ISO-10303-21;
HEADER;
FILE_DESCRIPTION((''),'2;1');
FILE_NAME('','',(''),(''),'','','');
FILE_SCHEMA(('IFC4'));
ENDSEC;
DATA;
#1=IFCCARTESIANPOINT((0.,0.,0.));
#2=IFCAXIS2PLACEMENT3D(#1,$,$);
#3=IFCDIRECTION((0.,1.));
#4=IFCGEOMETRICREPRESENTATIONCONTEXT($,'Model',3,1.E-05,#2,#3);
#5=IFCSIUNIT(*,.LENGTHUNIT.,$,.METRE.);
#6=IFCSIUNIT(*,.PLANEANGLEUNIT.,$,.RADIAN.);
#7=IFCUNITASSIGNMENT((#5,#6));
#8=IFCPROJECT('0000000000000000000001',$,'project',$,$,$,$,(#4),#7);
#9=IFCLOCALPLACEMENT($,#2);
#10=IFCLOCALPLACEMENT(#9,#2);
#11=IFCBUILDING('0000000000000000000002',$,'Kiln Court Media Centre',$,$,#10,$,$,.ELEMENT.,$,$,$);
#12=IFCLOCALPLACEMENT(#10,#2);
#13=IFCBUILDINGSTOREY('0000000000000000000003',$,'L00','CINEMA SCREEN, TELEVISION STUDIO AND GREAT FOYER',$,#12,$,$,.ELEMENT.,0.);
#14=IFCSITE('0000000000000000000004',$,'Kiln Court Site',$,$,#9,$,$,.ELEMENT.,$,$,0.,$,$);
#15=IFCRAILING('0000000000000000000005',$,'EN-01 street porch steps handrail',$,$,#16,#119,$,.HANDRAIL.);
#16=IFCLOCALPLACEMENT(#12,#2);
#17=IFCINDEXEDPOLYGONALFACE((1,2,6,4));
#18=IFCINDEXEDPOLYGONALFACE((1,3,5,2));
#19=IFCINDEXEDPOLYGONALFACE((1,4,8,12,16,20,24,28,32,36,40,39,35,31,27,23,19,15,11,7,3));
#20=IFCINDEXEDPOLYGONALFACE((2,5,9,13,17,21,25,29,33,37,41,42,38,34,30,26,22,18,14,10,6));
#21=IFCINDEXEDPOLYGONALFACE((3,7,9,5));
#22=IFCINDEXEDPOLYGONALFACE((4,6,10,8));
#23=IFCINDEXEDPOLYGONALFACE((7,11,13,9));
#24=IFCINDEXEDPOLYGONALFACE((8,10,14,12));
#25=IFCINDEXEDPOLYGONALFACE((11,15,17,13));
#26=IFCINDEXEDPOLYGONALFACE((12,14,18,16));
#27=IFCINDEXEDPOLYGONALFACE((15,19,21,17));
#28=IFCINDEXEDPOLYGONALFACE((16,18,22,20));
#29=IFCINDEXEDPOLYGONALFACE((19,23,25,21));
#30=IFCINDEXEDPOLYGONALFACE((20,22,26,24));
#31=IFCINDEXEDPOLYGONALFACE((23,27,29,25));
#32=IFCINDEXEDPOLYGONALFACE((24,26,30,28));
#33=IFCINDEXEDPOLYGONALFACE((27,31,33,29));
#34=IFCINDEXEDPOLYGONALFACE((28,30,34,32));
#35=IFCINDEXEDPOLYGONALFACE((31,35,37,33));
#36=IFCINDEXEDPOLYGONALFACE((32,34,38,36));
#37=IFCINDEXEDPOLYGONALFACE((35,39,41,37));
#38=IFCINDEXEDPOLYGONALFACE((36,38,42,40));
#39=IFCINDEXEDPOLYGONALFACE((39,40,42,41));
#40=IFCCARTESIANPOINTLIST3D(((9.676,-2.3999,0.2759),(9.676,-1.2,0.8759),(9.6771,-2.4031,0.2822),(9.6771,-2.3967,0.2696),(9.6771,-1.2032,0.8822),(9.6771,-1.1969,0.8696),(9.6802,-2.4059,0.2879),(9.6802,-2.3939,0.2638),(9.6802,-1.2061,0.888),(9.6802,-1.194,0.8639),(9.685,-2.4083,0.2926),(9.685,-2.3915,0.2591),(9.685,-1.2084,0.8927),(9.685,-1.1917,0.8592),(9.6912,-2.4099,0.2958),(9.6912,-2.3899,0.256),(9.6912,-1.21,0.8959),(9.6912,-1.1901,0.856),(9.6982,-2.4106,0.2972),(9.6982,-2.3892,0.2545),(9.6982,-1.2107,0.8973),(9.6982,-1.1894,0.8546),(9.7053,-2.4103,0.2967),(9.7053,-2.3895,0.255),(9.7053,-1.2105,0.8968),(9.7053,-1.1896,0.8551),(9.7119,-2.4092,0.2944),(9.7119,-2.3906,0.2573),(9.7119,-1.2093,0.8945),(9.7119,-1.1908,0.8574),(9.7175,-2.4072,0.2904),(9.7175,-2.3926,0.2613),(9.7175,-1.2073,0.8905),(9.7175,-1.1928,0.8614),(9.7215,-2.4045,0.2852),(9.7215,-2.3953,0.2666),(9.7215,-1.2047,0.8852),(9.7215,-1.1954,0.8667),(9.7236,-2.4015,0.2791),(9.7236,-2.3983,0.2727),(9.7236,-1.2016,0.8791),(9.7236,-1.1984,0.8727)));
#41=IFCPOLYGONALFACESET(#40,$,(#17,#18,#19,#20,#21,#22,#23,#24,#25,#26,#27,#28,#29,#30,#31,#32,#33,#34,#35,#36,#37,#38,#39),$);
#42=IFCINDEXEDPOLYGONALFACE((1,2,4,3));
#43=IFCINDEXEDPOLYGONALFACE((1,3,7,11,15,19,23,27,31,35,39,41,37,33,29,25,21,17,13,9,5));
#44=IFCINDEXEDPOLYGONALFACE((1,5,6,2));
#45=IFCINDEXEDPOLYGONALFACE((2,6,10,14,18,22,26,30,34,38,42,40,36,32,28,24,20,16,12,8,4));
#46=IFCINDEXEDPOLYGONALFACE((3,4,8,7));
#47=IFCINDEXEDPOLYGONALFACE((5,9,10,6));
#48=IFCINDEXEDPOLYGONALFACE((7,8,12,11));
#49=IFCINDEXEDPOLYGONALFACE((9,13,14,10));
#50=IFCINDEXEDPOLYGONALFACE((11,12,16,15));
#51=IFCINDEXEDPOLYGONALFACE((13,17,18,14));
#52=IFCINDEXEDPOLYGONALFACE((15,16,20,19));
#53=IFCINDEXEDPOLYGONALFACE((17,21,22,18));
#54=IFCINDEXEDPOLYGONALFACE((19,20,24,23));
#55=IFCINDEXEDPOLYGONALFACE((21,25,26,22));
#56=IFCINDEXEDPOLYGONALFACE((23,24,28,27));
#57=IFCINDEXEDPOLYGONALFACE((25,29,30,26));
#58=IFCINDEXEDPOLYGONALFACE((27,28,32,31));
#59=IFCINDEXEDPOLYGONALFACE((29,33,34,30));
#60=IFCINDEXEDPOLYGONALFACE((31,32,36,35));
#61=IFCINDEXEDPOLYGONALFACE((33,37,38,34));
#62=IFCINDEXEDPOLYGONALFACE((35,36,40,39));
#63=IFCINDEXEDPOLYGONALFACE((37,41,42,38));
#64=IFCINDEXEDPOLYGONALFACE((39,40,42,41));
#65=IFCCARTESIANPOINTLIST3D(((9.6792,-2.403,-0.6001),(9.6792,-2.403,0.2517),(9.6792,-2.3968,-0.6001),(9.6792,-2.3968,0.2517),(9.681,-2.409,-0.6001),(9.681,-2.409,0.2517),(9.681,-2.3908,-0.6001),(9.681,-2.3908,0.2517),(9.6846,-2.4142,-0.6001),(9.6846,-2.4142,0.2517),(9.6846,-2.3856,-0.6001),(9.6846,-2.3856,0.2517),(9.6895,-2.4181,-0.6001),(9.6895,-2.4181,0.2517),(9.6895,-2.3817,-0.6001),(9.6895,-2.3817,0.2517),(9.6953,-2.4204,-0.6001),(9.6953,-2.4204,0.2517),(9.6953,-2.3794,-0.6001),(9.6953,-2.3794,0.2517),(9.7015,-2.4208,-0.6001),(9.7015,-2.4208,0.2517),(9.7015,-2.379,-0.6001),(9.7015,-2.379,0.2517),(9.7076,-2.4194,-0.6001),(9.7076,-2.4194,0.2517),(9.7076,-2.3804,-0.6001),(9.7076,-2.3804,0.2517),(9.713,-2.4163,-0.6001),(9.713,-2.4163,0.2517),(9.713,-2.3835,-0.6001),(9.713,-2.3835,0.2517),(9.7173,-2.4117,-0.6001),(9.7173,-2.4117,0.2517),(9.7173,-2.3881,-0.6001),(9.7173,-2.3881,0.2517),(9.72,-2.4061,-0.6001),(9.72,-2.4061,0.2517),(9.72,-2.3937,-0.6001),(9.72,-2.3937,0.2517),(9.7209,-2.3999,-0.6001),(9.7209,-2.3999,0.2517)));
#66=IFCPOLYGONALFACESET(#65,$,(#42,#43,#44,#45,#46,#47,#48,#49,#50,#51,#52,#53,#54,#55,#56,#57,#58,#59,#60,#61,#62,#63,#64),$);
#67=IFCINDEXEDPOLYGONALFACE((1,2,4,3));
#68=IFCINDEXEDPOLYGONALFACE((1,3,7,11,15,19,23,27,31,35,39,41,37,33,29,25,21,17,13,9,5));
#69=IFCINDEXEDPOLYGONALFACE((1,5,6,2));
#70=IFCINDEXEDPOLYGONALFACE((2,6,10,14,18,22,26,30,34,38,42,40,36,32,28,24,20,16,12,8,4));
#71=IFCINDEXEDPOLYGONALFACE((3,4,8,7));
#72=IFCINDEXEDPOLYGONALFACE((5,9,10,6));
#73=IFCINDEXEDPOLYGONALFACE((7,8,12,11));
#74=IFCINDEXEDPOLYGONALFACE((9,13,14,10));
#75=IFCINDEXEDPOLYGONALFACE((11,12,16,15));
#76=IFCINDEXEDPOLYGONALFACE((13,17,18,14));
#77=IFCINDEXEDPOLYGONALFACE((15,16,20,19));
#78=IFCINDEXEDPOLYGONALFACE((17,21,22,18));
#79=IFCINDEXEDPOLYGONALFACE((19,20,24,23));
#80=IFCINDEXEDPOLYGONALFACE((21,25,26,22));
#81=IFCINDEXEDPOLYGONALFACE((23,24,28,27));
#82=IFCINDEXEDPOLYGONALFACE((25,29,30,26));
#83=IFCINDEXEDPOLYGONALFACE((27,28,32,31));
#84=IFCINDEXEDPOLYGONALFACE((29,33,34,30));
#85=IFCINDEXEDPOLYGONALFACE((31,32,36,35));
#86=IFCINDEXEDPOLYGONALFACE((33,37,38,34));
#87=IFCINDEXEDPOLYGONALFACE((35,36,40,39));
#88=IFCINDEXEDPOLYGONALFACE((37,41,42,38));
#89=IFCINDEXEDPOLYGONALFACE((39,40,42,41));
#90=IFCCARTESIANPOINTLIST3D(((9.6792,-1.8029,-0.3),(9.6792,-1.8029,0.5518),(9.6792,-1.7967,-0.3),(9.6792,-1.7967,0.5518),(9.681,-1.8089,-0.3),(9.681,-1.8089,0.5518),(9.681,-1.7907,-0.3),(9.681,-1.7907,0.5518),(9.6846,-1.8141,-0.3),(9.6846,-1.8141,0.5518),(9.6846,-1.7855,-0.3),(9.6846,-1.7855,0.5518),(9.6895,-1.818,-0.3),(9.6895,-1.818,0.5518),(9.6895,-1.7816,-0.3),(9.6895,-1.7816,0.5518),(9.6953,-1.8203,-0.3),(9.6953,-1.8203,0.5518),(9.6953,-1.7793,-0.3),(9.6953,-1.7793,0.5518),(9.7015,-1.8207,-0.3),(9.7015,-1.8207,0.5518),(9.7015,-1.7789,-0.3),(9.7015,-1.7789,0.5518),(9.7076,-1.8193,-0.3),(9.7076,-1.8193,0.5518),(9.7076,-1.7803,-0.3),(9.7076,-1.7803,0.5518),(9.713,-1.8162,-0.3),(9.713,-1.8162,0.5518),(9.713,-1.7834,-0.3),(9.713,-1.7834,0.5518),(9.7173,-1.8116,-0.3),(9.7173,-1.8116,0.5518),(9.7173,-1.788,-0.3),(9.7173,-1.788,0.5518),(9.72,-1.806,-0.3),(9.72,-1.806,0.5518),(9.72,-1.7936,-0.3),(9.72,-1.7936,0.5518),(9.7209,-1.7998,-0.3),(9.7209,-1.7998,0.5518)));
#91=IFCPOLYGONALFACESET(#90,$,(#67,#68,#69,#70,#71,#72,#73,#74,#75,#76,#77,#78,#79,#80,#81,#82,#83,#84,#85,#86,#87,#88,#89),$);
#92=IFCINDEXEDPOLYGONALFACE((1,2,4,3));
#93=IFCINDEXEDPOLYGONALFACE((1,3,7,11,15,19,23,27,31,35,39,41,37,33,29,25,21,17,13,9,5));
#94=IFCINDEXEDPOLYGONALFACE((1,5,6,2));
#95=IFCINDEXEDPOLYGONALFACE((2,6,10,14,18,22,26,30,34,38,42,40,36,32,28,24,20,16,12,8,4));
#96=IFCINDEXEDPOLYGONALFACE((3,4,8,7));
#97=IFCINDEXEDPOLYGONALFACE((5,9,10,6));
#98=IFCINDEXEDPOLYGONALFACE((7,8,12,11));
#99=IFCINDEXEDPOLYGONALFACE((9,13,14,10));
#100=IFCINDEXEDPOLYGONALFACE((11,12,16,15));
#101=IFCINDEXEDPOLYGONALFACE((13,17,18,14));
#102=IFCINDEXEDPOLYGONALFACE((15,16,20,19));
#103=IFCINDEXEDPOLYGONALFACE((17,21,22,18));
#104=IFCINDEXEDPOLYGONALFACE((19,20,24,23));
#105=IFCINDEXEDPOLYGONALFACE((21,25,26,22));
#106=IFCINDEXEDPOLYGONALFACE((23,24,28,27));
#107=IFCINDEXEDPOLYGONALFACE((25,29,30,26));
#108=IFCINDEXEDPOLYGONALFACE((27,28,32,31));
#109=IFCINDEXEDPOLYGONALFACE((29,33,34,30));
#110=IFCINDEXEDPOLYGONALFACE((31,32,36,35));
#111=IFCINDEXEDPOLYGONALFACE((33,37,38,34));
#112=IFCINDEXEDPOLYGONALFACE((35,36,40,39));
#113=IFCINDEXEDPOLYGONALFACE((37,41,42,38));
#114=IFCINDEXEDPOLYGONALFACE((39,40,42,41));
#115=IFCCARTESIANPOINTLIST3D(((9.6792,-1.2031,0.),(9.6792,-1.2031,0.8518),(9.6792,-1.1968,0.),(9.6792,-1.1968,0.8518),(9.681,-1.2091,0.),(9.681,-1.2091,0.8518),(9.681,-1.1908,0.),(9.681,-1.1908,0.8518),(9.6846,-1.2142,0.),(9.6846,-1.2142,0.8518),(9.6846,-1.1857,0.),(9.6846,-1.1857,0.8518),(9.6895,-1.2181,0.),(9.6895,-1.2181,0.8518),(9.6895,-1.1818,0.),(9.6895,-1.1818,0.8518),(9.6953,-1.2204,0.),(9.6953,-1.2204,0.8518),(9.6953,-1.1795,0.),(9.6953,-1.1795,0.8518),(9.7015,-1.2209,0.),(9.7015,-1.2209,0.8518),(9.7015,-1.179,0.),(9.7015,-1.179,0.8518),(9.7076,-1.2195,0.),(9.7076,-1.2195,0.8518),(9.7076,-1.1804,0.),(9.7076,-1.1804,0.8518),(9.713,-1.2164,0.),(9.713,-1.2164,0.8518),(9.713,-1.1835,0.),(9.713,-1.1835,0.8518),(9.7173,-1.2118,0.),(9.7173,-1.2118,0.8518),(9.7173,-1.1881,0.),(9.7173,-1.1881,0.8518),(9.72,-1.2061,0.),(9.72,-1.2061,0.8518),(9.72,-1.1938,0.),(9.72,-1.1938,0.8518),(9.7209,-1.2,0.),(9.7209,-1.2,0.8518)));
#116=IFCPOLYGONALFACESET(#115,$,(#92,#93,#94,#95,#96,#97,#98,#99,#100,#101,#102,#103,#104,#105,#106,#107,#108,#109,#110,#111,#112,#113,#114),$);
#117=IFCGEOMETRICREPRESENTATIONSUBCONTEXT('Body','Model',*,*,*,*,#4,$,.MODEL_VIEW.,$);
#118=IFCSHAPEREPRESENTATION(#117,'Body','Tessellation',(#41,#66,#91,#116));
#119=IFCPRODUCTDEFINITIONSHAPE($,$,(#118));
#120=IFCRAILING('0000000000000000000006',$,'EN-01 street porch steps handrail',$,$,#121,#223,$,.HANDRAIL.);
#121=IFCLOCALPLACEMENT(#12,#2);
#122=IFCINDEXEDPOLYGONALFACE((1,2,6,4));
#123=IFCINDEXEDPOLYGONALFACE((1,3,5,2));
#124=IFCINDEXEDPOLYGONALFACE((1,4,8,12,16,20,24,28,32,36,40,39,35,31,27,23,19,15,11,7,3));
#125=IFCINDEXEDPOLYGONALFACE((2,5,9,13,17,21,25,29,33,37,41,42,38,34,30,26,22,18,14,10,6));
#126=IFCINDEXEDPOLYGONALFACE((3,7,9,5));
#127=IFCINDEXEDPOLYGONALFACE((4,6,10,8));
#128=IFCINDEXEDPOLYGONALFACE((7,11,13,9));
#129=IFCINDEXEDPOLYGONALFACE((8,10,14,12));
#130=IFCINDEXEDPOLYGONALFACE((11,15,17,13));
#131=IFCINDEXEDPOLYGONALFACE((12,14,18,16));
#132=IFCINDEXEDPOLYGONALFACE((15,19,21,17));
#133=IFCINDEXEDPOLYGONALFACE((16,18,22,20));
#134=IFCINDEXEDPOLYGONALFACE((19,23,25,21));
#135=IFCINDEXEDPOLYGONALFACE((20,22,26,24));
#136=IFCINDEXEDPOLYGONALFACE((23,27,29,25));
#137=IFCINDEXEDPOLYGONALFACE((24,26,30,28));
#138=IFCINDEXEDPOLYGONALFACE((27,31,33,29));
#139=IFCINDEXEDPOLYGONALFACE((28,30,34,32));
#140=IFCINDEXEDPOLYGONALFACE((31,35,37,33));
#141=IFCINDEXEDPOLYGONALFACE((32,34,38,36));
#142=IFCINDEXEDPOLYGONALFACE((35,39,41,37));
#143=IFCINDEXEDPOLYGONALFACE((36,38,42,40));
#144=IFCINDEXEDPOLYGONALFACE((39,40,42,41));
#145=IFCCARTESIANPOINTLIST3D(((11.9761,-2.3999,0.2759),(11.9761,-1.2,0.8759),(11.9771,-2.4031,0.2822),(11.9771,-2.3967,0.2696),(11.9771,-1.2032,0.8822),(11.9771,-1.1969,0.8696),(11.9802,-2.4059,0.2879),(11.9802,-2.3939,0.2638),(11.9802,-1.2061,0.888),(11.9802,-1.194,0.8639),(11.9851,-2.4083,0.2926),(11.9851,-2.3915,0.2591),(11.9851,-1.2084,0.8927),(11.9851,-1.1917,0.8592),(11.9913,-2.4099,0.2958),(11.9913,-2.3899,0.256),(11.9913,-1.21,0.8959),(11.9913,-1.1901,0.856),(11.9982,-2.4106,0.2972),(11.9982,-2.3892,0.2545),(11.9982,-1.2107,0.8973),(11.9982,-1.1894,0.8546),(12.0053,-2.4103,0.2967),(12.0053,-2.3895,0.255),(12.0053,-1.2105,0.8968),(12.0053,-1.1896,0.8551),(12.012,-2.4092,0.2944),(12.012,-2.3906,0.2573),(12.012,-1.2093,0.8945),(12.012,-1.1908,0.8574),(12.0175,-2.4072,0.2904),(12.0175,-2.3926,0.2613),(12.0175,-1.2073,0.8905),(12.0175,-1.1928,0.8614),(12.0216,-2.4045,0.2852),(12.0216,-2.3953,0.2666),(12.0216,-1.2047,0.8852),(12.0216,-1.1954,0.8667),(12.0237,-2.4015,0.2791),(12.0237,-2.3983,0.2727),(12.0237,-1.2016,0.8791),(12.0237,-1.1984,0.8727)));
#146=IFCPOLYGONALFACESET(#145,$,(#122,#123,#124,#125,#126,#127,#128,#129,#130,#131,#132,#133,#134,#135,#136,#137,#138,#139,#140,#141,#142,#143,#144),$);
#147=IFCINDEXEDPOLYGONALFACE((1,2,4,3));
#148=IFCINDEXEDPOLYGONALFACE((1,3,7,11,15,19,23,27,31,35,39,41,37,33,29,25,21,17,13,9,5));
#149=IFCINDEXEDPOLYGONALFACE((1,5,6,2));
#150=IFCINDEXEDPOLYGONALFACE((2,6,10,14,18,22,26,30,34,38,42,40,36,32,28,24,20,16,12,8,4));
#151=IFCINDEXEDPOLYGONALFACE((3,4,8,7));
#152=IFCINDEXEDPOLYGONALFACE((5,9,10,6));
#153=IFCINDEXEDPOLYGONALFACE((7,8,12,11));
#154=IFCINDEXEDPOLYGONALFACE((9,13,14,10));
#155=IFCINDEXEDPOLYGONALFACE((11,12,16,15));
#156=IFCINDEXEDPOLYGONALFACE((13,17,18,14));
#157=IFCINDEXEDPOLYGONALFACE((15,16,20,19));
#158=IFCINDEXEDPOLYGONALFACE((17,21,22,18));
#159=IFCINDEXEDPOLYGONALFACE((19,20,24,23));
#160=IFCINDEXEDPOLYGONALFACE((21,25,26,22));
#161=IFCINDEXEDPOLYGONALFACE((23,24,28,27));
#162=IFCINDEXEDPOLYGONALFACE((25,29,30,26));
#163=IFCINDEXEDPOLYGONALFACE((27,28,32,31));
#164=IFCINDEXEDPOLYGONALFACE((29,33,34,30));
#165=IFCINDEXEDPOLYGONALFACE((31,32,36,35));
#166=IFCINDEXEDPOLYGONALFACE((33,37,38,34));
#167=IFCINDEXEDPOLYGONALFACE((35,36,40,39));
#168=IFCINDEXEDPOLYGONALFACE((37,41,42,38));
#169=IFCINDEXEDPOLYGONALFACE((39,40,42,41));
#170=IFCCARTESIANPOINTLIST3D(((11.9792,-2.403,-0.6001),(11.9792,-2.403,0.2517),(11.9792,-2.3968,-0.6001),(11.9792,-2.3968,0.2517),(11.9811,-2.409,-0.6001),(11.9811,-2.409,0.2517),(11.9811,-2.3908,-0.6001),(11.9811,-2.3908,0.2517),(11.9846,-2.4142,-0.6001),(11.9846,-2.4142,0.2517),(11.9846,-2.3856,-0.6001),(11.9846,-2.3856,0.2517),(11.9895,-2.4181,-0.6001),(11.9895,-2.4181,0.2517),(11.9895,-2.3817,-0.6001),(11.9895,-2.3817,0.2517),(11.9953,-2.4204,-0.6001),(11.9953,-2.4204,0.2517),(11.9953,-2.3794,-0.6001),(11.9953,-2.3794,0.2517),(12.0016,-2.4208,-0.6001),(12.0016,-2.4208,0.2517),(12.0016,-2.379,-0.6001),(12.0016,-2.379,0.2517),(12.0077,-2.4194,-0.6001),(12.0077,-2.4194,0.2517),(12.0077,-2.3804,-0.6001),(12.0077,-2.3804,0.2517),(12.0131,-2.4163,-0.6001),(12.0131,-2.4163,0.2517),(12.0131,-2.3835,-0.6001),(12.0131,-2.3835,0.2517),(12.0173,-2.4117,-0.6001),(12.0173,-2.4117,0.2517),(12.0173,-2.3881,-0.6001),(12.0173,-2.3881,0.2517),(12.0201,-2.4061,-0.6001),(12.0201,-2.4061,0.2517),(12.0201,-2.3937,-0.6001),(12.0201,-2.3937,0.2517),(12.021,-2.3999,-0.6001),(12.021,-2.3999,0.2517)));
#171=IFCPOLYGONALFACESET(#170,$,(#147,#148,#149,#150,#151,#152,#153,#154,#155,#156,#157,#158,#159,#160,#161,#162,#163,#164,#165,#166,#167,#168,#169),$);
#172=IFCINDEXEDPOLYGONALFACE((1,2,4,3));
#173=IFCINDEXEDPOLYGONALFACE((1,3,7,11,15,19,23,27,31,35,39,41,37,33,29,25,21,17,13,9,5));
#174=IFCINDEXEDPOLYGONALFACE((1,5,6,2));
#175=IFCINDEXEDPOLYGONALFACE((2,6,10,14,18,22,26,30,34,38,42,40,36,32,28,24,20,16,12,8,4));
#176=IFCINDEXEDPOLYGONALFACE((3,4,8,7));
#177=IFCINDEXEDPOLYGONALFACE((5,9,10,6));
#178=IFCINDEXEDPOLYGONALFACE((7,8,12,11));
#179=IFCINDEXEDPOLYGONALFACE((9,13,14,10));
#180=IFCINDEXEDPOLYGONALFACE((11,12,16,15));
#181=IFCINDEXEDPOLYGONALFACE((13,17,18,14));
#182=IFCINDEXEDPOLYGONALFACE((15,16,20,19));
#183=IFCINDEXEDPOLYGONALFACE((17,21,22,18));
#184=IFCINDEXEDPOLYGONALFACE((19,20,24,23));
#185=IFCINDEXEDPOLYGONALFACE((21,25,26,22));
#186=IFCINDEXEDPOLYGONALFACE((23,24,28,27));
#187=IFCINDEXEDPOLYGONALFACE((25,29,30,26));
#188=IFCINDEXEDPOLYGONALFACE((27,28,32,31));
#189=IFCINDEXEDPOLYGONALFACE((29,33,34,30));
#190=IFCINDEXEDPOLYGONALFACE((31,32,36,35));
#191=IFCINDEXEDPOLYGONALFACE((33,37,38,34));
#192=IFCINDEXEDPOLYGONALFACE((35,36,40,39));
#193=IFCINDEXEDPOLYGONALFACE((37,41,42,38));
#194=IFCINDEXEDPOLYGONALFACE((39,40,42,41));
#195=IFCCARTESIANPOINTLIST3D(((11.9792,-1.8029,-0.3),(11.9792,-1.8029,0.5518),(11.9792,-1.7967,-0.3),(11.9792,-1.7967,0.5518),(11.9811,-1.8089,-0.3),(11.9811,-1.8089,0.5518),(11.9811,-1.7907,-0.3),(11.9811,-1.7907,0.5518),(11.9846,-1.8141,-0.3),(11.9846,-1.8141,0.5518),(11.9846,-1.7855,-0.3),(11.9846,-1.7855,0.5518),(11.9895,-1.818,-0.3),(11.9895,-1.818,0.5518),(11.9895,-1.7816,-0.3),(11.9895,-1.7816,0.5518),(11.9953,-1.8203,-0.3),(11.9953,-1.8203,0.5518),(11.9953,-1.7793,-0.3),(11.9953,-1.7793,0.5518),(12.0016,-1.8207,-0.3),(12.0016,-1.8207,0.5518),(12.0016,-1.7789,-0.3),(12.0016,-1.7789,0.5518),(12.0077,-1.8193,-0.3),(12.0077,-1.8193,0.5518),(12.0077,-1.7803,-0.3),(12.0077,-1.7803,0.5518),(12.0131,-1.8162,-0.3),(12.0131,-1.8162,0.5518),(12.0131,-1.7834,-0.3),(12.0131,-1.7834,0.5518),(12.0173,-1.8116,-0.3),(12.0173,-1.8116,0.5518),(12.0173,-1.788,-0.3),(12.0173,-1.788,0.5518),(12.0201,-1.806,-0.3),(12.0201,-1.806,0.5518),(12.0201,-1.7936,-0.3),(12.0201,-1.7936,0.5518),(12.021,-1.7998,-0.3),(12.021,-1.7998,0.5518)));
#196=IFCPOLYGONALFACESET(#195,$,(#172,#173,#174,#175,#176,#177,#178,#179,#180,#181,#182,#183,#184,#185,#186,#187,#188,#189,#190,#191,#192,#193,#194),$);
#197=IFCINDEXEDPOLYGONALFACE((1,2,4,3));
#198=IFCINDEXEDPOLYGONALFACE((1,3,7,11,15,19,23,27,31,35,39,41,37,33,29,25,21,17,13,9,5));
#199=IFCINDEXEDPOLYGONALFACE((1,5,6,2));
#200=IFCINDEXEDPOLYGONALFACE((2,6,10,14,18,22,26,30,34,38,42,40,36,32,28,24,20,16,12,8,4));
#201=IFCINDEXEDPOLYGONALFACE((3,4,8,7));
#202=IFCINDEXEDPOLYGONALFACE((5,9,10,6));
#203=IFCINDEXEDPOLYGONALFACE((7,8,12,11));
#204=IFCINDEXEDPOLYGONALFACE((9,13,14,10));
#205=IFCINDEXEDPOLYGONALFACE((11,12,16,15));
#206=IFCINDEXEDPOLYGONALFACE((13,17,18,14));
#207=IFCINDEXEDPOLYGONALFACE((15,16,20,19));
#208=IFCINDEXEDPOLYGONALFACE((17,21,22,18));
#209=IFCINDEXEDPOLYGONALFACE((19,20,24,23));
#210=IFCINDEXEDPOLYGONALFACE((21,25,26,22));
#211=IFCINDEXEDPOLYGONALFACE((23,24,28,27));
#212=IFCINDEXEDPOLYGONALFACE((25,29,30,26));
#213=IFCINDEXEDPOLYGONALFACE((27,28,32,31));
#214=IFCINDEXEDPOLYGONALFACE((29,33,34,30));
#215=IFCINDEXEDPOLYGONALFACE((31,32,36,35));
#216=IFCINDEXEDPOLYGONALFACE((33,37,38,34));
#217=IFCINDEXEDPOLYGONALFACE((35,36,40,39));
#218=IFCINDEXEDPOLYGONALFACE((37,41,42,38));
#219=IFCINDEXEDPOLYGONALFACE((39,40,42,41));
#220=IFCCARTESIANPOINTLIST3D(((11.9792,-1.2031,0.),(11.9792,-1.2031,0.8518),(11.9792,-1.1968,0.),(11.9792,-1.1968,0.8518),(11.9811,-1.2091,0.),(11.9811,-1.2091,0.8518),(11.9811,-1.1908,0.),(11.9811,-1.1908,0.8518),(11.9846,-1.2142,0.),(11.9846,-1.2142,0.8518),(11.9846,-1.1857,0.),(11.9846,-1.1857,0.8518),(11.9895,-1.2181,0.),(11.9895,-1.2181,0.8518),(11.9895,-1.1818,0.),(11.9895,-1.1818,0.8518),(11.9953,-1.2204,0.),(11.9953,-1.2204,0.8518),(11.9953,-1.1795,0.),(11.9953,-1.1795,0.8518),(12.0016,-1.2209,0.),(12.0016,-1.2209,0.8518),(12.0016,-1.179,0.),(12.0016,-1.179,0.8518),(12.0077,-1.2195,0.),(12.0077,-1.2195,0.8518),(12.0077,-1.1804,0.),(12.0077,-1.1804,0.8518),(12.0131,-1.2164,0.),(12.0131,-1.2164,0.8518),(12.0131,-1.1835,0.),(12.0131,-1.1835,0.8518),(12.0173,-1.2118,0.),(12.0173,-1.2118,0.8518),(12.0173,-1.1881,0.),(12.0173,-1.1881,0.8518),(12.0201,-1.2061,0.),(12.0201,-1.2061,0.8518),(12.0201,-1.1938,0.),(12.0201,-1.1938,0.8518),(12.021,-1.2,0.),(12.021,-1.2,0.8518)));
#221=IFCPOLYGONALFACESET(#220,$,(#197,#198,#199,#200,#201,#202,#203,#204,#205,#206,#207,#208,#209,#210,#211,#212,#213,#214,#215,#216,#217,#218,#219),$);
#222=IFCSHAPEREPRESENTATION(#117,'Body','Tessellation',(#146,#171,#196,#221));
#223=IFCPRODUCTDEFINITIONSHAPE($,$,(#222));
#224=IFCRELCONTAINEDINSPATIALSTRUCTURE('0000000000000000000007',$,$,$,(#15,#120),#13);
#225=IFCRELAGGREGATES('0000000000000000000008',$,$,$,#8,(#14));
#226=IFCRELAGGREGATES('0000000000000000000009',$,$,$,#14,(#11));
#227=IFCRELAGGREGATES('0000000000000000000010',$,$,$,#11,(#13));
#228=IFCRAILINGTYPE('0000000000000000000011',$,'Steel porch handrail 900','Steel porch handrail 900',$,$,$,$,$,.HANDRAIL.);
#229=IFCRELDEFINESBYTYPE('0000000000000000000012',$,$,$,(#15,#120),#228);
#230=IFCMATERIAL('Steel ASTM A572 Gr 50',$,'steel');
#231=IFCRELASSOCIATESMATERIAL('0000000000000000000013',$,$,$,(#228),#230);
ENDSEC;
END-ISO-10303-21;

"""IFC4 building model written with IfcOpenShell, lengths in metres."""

from ifc_helpers import new_model, si_unit, direction, frame, origin, origin_2d, place, context, subcontext, project, spatial, circle, extrude, material, type_object, element, save


model = new_model("IFC4")

# Units and contexts
model_context = context("Model", 3, precision=1e-05, world=origin(), true_north=direction((0.0, 1.0)))
body_context = subcontext(model_context, "Body", "Model", "MODEL_VIEW")
ifc_project = project(units=[si_unit("LENGTHUNIT", "METRE"), si_unit("PLANEANGLEUNIT", "RADIAN")], contexts=[model_context])

# Site, building, storey
site_placement = place(None, origin())
site = spatial("IfcSite", under=ifc_project, at=site_placement, Name="Kiln Court Site", CompositionType="ELEMENT", RefElevation=0.0)
building_placement = place(site_placement, origin())
building = spatial("IfcBuilding", under=site, at=building_placement, Name="Kiln Court Media Centre", CompositionType="ELEMENT")
storey_placement = place(building_placement, origin())
storey = spatial("IfcBuildingStorey", under=building, at=storey_placement, Name="L00", Description="CINEMA SCREEN, TELEVISION STUDIO AND GREAT FOYER", CompositionType="ELEMENT", Elevation=0.0)

# Railings
ifc_material_1 = material(Name="Steel ASTM A572 Gr 50", Category="steel")
railing_type_1 = type_object("IfcRailingType", Name="Steel porch handrail 900", Description="Steel porch handrail 900", PredefinedType="HANDRAIL", material=ifc_material_1)
for number, where, name in (
    (1, (9.7, -2.3999, -0.6001), "EN-01 street porch steps handrail"),
    (2, (12.0, -2.3999, -0.6001), "EN-01 street porch steps handrail"),
):
    element("IfcRailing", number, at=place(storey_placement, frame(where)), inside=storey, type_object=railing_type_1, Name=name, PredefinedType="HANDRAIL", context=body_context, shape_type="SweptSolid", body=[
        extrude(circle(Radius=0.0239, at=origin_2d()), frame((0.0, 0.0, 0.876), z_axis=(0.0, 0.894391, 0.447286), x_axis=(-1.0, 0.0, 0.0)), (0.0, 0.0, 1.0), 1.3416),
        extrude(circle(Radius=0.021, at=origin_2d()), origin(), (0.0, 0.0, 1.0), 0.8518),
        extrude(circle(Radius=0.021, at=origin_2d()), frame((0.0, 0.6001, 0.3)), (0.0, 0.0, 1.0), 0.8518),
        extrude(circle(Radius=0.021, at=origin_2d()), frame((0.0, 1.2, 0.6001)), (0.0, 0.0, 1.0), 0.8518),
    ])

save(model, "model.ifc")
